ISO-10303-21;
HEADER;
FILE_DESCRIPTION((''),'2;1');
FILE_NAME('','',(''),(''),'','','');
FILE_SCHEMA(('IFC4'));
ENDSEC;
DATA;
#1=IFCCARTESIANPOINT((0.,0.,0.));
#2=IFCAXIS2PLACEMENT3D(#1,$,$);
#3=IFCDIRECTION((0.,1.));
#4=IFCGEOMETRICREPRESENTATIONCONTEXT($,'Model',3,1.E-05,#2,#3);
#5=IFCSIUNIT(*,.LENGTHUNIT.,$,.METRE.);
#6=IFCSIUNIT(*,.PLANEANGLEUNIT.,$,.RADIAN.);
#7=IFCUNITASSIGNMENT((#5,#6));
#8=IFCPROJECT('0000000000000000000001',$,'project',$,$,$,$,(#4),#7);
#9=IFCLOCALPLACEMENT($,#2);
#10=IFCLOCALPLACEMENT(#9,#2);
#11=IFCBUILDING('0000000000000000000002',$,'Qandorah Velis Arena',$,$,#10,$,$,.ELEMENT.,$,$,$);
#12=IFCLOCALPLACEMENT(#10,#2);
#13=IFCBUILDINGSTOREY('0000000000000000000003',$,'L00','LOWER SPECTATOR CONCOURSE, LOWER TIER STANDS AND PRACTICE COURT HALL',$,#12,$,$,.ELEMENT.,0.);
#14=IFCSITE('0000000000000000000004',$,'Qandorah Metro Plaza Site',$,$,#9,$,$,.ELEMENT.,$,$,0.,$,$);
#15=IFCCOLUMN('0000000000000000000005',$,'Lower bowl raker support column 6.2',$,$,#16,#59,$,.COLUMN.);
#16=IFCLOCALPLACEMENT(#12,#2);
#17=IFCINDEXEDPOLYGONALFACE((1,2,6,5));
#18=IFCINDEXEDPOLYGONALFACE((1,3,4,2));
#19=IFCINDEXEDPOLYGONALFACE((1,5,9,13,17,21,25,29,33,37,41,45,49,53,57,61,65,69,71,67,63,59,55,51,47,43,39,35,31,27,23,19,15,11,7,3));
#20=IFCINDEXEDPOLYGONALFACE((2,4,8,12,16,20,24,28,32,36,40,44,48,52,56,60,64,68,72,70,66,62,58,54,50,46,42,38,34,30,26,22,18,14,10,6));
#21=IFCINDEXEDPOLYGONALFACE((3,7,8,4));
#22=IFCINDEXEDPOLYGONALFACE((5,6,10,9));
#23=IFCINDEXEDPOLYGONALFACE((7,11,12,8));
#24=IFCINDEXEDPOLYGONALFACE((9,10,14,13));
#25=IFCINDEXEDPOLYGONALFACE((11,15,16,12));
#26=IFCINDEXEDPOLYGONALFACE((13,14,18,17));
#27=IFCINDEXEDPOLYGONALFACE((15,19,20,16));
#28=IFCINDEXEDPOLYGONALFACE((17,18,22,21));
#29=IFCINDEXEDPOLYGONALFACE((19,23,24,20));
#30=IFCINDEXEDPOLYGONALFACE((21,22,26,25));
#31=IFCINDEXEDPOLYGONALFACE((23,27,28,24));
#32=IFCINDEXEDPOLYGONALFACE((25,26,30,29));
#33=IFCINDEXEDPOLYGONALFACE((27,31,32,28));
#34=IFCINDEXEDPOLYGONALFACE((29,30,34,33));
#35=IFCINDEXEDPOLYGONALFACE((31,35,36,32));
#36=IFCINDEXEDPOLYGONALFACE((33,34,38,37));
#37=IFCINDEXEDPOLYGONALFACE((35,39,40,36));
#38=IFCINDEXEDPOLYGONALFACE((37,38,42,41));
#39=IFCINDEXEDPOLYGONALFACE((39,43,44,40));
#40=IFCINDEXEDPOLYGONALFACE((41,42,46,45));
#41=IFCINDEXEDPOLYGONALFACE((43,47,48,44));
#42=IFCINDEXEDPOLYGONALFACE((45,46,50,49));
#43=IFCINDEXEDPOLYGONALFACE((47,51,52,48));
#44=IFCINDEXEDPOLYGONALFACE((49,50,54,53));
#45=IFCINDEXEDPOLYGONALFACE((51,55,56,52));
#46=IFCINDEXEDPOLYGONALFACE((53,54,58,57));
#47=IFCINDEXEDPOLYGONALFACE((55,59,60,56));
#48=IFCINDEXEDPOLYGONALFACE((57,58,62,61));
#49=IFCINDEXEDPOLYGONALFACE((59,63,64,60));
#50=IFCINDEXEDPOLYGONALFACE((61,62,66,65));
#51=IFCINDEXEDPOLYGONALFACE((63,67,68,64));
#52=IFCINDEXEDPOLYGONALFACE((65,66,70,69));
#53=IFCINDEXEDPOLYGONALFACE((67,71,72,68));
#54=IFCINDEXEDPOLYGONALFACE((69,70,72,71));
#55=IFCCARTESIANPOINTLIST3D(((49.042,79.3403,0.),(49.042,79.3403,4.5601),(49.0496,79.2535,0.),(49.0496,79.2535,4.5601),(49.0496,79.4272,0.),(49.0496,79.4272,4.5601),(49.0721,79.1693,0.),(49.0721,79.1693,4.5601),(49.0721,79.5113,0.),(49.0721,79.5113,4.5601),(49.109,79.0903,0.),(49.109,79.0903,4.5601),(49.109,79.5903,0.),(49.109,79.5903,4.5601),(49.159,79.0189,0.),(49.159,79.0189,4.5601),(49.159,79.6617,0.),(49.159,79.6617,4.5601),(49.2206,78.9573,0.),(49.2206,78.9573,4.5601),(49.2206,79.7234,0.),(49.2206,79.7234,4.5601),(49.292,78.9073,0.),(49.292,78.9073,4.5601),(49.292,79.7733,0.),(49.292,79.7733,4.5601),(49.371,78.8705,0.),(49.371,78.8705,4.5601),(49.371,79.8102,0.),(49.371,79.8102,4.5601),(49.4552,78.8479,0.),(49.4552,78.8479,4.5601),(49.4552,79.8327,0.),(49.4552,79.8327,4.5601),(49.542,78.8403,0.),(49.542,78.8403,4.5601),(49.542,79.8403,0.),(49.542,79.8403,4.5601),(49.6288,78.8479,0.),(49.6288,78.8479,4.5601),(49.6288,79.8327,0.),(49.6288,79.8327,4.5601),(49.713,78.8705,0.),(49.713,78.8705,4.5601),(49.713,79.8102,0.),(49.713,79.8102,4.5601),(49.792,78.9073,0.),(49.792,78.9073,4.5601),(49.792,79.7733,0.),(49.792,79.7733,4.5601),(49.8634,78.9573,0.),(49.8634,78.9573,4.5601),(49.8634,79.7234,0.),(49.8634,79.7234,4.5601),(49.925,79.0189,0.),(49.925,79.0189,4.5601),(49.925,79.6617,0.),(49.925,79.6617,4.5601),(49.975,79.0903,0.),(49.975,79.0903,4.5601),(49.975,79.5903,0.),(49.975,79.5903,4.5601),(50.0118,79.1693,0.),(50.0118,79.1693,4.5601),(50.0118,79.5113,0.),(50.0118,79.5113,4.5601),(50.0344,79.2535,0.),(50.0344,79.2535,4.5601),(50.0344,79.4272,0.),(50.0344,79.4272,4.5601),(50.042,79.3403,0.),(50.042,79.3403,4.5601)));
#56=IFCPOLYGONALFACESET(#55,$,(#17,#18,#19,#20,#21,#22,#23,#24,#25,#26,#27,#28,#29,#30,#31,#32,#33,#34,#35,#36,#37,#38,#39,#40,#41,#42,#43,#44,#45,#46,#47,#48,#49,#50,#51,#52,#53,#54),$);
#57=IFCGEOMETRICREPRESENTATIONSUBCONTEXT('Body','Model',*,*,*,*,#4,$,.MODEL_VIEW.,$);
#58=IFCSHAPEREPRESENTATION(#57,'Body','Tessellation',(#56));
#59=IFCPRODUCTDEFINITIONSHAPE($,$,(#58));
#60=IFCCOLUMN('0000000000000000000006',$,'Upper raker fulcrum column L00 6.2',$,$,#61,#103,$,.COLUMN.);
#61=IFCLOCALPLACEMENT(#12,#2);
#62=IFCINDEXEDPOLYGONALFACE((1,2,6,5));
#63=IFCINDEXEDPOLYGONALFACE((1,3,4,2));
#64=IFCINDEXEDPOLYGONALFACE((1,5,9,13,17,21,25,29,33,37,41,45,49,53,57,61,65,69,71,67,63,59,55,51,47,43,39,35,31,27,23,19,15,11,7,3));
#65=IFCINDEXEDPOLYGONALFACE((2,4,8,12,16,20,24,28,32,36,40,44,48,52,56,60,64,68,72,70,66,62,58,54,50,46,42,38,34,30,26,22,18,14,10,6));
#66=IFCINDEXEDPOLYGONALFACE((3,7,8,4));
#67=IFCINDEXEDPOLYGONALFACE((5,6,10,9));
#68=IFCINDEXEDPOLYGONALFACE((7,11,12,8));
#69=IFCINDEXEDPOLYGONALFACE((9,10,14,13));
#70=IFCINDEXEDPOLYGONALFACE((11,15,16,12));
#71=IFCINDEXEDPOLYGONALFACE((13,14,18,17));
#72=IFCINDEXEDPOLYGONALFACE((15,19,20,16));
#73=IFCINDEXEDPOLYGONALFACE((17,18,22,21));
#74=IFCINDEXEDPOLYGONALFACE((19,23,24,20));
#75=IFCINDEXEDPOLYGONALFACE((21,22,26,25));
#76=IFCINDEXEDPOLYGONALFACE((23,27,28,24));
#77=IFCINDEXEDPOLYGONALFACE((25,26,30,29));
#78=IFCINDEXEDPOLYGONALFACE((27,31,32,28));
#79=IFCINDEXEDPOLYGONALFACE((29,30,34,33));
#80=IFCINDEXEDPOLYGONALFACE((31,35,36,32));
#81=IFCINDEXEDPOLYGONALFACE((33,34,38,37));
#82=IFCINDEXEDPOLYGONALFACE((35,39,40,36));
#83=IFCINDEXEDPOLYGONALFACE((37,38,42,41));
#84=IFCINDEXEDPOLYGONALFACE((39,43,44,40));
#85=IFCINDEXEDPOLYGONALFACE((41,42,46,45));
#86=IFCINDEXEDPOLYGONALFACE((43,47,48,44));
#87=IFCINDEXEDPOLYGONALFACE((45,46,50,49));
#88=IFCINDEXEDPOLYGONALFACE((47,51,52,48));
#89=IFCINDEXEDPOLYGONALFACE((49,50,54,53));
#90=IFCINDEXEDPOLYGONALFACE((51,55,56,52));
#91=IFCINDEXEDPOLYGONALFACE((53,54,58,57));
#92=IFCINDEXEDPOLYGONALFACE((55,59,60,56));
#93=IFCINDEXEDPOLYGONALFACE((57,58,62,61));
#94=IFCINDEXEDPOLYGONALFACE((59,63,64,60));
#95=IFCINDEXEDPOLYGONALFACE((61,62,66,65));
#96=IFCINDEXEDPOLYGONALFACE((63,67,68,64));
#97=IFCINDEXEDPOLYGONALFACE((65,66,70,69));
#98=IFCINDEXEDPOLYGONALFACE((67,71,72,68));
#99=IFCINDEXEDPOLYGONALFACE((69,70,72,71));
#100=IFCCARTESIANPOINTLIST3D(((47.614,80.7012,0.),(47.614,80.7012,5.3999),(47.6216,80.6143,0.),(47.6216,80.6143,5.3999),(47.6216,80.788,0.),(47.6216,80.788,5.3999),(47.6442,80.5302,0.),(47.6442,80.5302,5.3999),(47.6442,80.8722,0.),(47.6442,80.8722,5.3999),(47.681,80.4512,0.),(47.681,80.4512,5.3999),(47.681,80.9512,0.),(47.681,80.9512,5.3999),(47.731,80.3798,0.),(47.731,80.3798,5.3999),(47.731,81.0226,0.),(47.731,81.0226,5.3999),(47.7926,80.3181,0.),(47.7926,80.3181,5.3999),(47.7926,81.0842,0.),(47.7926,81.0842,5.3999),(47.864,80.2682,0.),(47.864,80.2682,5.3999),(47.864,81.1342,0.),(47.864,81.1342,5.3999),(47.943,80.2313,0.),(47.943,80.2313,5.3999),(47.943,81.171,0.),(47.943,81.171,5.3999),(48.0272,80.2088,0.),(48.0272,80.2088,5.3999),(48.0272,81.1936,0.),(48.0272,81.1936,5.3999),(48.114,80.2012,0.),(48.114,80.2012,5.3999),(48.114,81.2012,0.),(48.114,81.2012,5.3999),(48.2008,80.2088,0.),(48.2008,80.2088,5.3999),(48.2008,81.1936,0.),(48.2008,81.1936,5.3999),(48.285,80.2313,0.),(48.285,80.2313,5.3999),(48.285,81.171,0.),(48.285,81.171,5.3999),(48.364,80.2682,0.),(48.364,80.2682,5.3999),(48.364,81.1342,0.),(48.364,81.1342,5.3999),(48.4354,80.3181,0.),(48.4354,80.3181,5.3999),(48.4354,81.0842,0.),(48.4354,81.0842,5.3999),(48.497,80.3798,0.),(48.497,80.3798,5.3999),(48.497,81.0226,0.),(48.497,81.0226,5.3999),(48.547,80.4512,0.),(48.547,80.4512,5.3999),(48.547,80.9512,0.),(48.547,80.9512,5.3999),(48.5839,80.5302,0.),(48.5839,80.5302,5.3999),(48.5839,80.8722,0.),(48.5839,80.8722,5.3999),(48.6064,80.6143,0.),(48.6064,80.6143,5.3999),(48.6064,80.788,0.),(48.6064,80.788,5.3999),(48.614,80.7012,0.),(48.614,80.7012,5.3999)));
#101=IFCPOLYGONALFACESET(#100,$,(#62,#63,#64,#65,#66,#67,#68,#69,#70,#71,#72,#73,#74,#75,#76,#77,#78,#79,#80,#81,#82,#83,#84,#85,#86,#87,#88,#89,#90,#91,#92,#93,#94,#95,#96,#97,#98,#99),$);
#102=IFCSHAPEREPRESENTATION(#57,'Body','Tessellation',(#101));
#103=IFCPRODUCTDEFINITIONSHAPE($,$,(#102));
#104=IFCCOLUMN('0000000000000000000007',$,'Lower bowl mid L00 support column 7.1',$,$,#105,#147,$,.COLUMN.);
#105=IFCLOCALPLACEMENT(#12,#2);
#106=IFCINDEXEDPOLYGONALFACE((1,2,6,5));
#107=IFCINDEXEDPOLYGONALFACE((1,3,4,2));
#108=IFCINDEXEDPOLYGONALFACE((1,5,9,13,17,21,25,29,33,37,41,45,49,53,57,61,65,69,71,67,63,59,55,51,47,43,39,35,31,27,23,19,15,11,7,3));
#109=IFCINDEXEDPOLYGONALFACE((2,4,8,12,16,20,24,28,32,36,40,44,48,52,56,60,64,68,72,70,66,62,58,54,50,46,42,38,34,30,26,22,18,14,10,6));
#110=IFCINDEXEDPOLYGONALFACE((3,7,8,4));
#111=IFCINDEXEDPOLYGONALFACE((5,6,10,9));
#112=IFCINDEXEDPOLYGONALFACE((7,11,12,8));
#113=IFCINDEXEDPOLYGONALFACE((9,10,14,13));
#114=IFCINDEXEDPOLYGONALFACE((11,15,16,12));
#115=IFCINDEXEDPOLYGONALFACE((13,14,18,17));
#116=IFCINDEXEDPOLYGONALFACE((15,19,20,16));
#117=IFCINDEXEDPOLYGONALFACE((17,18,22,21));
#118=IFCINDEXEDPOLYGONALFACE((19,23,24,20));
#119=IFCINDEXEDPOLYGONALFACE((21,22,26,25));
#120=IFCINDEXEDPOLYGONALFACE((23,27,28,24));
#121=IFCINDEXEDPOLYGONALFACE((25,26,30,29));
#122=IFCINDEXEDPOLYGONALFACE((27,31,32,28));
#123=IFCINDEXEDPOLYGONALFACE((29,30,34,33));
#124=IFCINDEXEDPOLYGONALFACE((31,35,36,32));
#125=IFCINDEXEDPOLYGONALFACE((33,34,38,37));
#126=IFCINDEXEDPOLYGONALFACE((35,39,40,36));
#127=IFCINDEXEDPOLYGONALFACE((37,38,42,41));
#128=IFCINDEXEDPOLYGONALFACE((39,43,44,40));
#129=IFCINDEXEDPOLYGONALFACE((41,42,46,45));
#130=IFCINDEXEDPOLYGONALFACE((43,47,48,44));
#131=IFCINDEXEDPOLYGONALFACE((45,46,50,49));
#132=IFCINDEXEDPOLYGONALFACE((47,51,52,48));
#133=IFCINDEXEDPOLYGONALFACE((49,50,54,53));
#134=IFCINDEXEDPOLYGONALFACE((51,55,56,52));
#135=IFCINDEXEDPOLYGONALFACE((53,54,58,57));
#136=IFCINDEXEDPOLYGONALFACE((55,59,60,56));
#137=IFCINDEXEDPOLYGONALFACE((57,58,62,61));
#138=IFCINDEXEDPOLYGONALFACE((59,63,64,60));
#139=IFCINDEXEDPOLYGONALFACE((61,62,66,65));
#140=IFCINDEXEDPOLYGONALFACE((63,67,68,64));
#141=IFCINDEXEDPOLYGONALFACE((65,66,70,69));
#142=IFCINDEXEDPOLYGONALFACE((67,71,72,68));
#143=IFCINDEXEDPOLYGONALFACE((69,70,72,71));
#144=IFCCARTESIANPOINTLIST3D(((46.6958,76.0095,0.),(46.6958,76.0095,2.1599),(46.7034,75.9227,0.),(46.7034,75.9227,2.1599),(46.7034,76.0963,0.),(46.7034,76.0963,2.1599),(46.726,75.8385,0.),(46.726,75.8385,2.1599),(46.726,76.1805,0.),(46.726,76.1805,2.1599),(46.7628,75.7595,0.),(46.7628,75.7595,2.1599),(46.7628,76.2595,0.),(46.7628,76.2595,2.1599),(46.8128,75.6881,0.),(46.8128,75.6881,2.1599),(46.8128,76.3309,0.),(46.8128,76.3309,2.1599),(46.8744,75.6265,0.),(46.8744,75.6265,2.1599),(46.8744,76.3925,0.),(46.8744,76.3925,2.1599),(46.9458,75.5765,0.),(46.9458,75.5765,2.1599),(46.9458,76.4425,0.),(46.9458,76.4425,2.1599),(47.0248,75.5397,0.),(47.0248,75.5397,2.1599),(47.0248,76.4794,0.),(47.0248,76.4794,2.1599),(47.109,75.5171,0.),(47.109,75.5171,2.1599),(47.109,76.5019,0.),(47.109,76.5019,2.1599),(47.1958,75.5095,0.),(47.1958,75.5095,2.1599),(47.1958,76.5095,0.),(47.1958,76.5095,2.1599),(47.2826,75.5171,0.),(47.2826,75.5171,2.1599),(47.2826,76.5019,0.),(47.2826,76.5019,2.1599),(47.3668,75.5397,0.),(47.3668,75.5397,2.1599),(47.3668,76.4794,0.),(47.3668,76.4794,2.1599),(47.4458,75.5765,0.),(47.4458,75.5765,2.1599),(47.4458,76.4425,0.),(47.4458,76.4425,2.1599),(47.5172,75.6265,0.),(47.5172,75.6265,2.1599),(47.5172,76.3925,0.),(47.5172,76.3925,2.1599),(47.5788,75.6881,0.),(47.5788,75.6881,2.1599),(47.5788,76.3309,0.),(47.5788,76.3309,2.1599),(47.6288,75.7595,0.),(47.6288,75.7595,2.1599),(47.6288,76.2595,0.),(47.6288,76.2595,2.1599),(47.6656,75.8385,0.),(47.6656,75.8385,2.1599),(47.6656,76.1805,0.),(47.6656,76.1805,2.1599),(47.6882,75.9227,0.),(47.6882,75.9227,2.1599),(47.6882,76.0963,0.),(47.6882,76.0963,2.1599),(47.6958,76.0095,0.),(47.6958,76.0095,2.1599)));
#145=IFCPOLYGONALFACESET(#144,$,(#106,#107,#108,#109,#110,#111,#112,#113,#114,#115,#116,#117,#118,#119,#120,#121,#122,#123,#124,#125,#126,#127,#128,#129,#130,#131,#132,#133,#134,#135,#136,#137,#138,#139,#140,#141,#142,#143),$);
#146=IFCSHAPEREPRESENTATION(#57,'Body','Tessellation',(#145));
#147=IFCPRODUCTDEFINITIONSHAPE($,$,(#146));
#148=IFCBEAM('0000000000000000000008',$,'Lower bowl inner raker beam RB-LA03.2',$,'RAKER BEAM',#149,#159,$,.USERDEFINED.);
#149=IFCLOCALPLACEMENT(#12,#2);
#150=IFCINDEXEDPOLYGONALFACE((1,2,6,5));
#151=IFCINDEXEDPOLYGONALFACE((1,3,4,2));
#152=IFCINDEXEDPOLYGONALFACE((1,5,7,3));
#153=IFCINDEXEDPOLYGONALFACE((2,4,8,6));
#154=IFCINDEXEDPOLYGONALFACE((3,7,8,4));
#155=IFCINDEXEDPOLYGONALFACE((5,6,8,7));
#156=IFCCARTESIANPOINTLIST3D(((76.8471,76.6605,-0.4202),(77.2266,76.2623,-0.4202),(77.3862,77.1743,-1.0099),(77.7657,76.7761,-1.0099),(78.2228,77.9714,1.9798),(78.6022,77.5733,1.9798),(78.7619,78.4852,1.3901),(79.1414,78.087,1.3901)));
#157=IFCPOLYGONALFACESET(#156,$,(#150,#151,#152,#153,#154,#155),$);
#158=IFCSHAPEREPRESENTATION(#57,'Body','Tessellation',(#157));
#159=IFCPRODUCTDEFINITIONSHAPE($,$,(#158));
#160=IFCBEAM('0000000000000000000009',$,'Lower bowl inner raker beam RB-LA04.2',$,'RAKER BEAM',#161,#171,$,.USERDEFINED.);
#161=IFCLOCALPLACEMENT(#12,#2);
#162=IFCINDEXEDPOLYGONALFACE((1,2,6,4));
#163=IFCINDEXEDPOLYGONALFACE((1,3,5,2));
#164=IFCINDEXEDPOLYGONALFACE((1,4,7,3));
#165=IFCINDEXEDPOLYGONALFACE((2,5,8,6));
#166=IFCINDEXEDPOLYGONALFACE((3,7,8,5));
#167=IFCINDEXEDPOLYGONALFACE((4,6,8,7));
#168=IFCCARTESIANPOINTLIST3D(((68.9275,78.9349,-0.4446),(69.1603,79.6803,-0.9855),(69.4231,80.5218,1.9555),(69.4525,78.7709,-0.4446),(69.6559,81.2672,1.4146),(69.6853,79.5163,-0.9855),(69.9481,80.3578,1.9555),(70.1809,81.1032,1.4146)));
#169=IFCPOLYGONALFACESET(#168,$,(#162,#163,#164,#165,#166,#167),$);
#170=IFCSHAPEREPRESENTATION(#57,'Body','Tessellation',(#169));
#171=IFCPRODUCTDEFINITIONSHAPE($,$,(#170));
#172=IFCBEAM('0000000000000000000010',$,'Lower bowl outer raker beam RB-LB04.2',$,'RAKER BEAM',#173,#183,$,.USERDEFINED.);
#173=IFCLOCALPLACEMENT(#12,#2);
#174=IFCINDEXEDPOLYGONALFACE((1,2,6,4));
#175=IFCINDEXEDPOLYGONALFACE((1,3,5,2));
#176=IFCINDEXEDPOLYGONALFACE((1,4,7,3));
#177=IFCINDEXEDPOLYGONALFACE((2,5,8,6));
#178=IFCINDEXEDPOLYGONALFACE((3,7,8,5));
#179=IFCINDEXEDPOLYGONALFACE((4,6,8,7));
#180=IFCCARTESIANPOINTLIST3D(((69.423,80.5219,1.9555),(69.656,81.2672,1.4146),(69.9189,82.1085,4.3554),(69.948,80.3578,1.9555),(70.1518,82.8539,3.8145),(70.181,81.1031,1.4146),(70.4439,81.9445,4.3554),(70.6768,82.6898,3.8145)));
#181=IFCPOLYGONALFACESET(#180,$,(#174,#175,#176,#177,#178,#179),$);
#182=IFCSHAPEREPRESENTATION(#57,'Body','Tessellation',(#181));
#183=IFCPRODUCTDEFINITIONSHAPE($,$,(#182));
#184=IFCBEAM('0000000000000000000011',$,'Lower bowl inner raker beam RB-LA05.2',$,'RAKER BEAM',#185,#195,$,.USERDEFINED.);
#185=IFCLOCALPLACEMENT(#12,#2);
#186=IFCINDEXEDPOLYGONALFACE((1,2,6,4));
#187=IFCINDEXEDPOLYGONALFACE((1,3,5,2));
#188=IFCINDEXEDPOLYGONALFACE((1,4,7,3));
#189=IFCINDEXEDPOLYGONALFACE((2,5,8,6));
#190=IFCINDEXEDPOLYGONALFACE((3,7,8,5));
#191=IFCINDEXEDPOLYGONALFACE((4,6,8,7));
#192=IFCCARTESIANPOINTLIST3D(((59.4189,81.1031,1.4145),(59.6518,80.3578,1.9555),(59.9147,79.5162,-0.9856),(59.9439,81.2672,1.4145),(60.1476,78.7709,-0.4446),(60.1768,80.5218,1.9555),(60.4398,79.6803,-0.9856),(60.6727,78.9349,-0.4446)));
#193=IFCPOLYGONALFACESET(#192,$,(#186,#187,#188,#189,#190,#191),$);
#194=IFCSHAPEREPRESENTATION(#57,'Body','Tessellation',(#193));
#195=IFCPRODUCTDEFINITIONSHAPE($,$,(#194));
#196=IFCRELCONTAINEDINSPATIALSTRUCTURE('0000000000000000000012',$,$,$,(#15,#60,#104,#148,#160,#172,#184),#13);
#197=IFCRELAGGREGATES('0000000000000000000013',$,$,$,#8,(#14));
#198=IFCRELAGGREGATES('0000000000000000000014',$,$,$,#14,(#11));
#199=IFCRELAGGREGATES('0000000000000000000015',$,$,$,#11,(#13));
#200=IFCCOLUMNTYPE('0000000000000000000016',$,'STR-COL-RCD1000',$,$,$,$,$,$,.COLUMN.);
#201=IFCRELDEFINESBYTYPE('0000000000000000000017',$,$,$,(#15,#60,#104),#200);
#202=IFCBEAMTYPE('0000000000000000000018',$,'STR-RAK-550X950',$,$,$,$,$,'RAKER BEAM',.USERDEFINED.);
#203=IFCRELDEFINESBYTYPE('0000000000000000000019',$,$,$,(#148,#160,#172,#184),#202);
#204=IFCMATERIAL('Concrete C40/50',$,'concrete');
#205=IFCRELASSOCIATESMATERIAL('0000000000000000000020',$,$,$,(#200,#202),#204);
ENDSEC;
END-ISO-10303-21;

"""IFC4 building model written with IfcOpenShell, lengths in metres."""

from ifc_helpers import new_model, si_unit, direction, frame, origin, origin_2d, place, context, subcontext, project, spatial, rectangle, circle, extrude, material, material_profile, profile_set, type_object, element, save


model = new_model("IFC4")

# Units and contexts
model_context = context("Model", 3, precision=1e-05, world=origin(), true_north=direction((0.0, 1.0)))
body_context = subcontext(model_context, "Body", "Model", "MODEL_VIEW")
ifc_project = project(units=[si_unit("LENGTHUNIT", "METRE"), si_unit("PLANEANGLEUNIT", "RADIAN")], contexts=[model_context])

# Site, building, storey
site_placement = place(None, origin())
site = spatial("IfcSite", under=ifc_project, at=site_placement, Name="Qandorah Metro Plaza Site", CompositionType="ELEMENT", RefElevation=0.0)
building_placement = place(site_placement, origin())
building = spatial("IfcBuilding", under=site, at=building_placement, Name="Qandorah Velis Arena", CompositionType="ELEMENT")
storey_placement = place(building_placement, origin())
storey = spatial("IfcBuildingStorey", under=building, at=storey_placement, Name="L00", Description="LOWER SPECTATOR CONCOURSE, LOWER TIER STANDS AND PRACTICE COURT HALL", CompositionType="ELEMENT", Elevation=0.0)

# Columns
ifc_material_1 = material(Name="Concrete C40/50", Category="concrete")
ifc_material_profile_1 = material_profile(ifc_material_1, circle(Radius=0.5, at=origin_2d()), Name="RC D1000")
ifc_profile_set_1 = profile_set([ifc_material_profile_1], Name="Concrete C40/50")
column_type = type_object("IfcColumnType", Name="STR-COL-RCD1000", PredefinedType="COLUMN", material=ifc_profile_set_1)
column_1_placement = place(storey_placement, frame((49.542, 79.3403, 0.0), z_axis=(0.0, 0.0, 1.0), x_axis=(1.0, 0.0, 0.0)))
element("IfcColumn", 1, at=column_1_placement, inside=storey, type_object=column_type, Name="Lower bowl raker support column 6.2", PredefinedType="COLUMN", context=body_context, shape_type="SweptSolid", body=[
    extrude(circle(Radius=0.5, at=origin_2d()), origin(), (0.0, 0.0, 1.0), 4.5601),
])
column_2_placement = place(storey_placement, frame((48.114, 80.7012, 0.0), z_axis=(0.0, 0.0, 1.0), x_axis=(1.0, 0.0, 0.0)))
element("IfcColumn", 2, at=column_2_placement, inside=storey, type_object=column_type, Name="Upper raker fulcrum column L00 6.2", PredefinedType="COLUMN", context=body_context, shape_type="SweptSolid", body=[
    extrude(circle(Radius=0.5, at=origin_2d()), origin(), (0.0, 0.0, 1.0), 5.3999),
])
column_3_placement = place(storey_placement, frame((47.1958, 76.0095, 0.0), z_axis=(0.0, 0.0, 1.0), x_axis=(1.0, 0.0, 0.0)))
element("IfcColumn", 3, at=column_3_placement, inside=storey, type_object=column_type, Name="Lower bowl mid L00 support column 7.1", PredefinedType="COLUMN", context=body_context, shape_type="SweptSolid", body=[
    extrude(circle(Radius=0.5, at=origin_2d()), origin(), (0.0, 0.0, 1.0), 2.1599),
])

# Beams
ifc_material_profile_2 = material_profile(ifc_material_1, rectangle(XDim=0.55, YDim=0.95, at=origin_2d()), Name="RC RAKER 550x950")
ifc_profile_set_2 = profile_set([ifc_material_profile_2], Name="Concrete C40/50")
beam_type_1 = type_object("IfcBeamType", Name="STR-RAK-550X950", ElementType="RAKER BEAM", PredefinedType="USERDEFINED", material=ifc_profile_set_2)
beam_1_placement = place(storey_placement, frame((77.3064, 76.7183, -0.7151), z_axis=(0.44938, 0.428247, 0.784003), x_axis=(-0.68988, 0.723924, 0.0)))
element("IfcBeam", 4, at=beam_1_placement, inside=storey, type_object=beam_type_1, Name="Lower bowl inner raker beam RB-LA03.2", ObjectType="RAKER BEAM", PredefinedType="USERDEFINED", context=body_context, shape_type="SweptSolid", body=[
    extrude(rectangle(XDim=0.55, YDim=0.95, at=origin_2d()), origin(), (0.0, 0.0, 1.0), 3.0613),
])
beam_2_placement = place(storey_placement, frame((69.3064, 79.2256, -0.7151), z_axis=(0.169746, 0.54352, 0.822054), x_axis=(-0.954532, 0.298108, 0.0)))
element("IfcBeam", 5, at=beam_2_placement, inside=storey, type_object=beam_type_1, Name="Lower bowl inner raker beam RB-LA04.2", ObjectType="RAKER BEAM", PredefinedType="USERDEFINED", context=body_context, shape_type="SweptSolid", body=[
    extrude(rectangle(XDim=0.55, YDim=0.95, at=origin_2d()), origin(), (0.0, 0.0, 1.0), 2.9197),
])
beam_3_placement = place(storey_placement, frame((69.802, 80.8125, 1.6851), z_axis=(0.169846, 0.543491, 0.822052), x_axis=(-0.954477, 0.298283, 0.0)))
element("IfcBeam", 6, at=beam_3_placement, inside=storey, type_object=beam_type_1, Name="Lower bowl outer raker beam RB-LB04.2", ObjectType="RAKER BEAM", PredefinedType="USERDEFINED", context=body_context, shape_type="SweptSolid", body=[
    extrude(rectangle(XDim=0.55, YDim=0.95, at=origin_2d()), origin(), (0.0, 0.0, 1.0), 2.9194),
])
beam_4_placement = place(storey_placement, frame((60.2937, 79.2256, -0.7151), z_axis=(-0.169827, 0.543513, 0.822042), x_axis=(-0.95449, -0.298242, 0.0)))
element("IfcBeam", 7, at=beam_4_placement, inside=storey, type_object=beam_type_1, Name="Lower bowl inner raker beam RB-LA05.2", ObjectType="RAKER BEAM", PredefinedType="USERDEFINED", context=body_context, shape_type="SweptSolid", body=[
    extrude(rectangle(XDim=0.55, YDim=0.95, at=origin_2d()), origin(), (0.0, 0.0, 1.0), 2.9197),
])

save(model, "model.ifc")
